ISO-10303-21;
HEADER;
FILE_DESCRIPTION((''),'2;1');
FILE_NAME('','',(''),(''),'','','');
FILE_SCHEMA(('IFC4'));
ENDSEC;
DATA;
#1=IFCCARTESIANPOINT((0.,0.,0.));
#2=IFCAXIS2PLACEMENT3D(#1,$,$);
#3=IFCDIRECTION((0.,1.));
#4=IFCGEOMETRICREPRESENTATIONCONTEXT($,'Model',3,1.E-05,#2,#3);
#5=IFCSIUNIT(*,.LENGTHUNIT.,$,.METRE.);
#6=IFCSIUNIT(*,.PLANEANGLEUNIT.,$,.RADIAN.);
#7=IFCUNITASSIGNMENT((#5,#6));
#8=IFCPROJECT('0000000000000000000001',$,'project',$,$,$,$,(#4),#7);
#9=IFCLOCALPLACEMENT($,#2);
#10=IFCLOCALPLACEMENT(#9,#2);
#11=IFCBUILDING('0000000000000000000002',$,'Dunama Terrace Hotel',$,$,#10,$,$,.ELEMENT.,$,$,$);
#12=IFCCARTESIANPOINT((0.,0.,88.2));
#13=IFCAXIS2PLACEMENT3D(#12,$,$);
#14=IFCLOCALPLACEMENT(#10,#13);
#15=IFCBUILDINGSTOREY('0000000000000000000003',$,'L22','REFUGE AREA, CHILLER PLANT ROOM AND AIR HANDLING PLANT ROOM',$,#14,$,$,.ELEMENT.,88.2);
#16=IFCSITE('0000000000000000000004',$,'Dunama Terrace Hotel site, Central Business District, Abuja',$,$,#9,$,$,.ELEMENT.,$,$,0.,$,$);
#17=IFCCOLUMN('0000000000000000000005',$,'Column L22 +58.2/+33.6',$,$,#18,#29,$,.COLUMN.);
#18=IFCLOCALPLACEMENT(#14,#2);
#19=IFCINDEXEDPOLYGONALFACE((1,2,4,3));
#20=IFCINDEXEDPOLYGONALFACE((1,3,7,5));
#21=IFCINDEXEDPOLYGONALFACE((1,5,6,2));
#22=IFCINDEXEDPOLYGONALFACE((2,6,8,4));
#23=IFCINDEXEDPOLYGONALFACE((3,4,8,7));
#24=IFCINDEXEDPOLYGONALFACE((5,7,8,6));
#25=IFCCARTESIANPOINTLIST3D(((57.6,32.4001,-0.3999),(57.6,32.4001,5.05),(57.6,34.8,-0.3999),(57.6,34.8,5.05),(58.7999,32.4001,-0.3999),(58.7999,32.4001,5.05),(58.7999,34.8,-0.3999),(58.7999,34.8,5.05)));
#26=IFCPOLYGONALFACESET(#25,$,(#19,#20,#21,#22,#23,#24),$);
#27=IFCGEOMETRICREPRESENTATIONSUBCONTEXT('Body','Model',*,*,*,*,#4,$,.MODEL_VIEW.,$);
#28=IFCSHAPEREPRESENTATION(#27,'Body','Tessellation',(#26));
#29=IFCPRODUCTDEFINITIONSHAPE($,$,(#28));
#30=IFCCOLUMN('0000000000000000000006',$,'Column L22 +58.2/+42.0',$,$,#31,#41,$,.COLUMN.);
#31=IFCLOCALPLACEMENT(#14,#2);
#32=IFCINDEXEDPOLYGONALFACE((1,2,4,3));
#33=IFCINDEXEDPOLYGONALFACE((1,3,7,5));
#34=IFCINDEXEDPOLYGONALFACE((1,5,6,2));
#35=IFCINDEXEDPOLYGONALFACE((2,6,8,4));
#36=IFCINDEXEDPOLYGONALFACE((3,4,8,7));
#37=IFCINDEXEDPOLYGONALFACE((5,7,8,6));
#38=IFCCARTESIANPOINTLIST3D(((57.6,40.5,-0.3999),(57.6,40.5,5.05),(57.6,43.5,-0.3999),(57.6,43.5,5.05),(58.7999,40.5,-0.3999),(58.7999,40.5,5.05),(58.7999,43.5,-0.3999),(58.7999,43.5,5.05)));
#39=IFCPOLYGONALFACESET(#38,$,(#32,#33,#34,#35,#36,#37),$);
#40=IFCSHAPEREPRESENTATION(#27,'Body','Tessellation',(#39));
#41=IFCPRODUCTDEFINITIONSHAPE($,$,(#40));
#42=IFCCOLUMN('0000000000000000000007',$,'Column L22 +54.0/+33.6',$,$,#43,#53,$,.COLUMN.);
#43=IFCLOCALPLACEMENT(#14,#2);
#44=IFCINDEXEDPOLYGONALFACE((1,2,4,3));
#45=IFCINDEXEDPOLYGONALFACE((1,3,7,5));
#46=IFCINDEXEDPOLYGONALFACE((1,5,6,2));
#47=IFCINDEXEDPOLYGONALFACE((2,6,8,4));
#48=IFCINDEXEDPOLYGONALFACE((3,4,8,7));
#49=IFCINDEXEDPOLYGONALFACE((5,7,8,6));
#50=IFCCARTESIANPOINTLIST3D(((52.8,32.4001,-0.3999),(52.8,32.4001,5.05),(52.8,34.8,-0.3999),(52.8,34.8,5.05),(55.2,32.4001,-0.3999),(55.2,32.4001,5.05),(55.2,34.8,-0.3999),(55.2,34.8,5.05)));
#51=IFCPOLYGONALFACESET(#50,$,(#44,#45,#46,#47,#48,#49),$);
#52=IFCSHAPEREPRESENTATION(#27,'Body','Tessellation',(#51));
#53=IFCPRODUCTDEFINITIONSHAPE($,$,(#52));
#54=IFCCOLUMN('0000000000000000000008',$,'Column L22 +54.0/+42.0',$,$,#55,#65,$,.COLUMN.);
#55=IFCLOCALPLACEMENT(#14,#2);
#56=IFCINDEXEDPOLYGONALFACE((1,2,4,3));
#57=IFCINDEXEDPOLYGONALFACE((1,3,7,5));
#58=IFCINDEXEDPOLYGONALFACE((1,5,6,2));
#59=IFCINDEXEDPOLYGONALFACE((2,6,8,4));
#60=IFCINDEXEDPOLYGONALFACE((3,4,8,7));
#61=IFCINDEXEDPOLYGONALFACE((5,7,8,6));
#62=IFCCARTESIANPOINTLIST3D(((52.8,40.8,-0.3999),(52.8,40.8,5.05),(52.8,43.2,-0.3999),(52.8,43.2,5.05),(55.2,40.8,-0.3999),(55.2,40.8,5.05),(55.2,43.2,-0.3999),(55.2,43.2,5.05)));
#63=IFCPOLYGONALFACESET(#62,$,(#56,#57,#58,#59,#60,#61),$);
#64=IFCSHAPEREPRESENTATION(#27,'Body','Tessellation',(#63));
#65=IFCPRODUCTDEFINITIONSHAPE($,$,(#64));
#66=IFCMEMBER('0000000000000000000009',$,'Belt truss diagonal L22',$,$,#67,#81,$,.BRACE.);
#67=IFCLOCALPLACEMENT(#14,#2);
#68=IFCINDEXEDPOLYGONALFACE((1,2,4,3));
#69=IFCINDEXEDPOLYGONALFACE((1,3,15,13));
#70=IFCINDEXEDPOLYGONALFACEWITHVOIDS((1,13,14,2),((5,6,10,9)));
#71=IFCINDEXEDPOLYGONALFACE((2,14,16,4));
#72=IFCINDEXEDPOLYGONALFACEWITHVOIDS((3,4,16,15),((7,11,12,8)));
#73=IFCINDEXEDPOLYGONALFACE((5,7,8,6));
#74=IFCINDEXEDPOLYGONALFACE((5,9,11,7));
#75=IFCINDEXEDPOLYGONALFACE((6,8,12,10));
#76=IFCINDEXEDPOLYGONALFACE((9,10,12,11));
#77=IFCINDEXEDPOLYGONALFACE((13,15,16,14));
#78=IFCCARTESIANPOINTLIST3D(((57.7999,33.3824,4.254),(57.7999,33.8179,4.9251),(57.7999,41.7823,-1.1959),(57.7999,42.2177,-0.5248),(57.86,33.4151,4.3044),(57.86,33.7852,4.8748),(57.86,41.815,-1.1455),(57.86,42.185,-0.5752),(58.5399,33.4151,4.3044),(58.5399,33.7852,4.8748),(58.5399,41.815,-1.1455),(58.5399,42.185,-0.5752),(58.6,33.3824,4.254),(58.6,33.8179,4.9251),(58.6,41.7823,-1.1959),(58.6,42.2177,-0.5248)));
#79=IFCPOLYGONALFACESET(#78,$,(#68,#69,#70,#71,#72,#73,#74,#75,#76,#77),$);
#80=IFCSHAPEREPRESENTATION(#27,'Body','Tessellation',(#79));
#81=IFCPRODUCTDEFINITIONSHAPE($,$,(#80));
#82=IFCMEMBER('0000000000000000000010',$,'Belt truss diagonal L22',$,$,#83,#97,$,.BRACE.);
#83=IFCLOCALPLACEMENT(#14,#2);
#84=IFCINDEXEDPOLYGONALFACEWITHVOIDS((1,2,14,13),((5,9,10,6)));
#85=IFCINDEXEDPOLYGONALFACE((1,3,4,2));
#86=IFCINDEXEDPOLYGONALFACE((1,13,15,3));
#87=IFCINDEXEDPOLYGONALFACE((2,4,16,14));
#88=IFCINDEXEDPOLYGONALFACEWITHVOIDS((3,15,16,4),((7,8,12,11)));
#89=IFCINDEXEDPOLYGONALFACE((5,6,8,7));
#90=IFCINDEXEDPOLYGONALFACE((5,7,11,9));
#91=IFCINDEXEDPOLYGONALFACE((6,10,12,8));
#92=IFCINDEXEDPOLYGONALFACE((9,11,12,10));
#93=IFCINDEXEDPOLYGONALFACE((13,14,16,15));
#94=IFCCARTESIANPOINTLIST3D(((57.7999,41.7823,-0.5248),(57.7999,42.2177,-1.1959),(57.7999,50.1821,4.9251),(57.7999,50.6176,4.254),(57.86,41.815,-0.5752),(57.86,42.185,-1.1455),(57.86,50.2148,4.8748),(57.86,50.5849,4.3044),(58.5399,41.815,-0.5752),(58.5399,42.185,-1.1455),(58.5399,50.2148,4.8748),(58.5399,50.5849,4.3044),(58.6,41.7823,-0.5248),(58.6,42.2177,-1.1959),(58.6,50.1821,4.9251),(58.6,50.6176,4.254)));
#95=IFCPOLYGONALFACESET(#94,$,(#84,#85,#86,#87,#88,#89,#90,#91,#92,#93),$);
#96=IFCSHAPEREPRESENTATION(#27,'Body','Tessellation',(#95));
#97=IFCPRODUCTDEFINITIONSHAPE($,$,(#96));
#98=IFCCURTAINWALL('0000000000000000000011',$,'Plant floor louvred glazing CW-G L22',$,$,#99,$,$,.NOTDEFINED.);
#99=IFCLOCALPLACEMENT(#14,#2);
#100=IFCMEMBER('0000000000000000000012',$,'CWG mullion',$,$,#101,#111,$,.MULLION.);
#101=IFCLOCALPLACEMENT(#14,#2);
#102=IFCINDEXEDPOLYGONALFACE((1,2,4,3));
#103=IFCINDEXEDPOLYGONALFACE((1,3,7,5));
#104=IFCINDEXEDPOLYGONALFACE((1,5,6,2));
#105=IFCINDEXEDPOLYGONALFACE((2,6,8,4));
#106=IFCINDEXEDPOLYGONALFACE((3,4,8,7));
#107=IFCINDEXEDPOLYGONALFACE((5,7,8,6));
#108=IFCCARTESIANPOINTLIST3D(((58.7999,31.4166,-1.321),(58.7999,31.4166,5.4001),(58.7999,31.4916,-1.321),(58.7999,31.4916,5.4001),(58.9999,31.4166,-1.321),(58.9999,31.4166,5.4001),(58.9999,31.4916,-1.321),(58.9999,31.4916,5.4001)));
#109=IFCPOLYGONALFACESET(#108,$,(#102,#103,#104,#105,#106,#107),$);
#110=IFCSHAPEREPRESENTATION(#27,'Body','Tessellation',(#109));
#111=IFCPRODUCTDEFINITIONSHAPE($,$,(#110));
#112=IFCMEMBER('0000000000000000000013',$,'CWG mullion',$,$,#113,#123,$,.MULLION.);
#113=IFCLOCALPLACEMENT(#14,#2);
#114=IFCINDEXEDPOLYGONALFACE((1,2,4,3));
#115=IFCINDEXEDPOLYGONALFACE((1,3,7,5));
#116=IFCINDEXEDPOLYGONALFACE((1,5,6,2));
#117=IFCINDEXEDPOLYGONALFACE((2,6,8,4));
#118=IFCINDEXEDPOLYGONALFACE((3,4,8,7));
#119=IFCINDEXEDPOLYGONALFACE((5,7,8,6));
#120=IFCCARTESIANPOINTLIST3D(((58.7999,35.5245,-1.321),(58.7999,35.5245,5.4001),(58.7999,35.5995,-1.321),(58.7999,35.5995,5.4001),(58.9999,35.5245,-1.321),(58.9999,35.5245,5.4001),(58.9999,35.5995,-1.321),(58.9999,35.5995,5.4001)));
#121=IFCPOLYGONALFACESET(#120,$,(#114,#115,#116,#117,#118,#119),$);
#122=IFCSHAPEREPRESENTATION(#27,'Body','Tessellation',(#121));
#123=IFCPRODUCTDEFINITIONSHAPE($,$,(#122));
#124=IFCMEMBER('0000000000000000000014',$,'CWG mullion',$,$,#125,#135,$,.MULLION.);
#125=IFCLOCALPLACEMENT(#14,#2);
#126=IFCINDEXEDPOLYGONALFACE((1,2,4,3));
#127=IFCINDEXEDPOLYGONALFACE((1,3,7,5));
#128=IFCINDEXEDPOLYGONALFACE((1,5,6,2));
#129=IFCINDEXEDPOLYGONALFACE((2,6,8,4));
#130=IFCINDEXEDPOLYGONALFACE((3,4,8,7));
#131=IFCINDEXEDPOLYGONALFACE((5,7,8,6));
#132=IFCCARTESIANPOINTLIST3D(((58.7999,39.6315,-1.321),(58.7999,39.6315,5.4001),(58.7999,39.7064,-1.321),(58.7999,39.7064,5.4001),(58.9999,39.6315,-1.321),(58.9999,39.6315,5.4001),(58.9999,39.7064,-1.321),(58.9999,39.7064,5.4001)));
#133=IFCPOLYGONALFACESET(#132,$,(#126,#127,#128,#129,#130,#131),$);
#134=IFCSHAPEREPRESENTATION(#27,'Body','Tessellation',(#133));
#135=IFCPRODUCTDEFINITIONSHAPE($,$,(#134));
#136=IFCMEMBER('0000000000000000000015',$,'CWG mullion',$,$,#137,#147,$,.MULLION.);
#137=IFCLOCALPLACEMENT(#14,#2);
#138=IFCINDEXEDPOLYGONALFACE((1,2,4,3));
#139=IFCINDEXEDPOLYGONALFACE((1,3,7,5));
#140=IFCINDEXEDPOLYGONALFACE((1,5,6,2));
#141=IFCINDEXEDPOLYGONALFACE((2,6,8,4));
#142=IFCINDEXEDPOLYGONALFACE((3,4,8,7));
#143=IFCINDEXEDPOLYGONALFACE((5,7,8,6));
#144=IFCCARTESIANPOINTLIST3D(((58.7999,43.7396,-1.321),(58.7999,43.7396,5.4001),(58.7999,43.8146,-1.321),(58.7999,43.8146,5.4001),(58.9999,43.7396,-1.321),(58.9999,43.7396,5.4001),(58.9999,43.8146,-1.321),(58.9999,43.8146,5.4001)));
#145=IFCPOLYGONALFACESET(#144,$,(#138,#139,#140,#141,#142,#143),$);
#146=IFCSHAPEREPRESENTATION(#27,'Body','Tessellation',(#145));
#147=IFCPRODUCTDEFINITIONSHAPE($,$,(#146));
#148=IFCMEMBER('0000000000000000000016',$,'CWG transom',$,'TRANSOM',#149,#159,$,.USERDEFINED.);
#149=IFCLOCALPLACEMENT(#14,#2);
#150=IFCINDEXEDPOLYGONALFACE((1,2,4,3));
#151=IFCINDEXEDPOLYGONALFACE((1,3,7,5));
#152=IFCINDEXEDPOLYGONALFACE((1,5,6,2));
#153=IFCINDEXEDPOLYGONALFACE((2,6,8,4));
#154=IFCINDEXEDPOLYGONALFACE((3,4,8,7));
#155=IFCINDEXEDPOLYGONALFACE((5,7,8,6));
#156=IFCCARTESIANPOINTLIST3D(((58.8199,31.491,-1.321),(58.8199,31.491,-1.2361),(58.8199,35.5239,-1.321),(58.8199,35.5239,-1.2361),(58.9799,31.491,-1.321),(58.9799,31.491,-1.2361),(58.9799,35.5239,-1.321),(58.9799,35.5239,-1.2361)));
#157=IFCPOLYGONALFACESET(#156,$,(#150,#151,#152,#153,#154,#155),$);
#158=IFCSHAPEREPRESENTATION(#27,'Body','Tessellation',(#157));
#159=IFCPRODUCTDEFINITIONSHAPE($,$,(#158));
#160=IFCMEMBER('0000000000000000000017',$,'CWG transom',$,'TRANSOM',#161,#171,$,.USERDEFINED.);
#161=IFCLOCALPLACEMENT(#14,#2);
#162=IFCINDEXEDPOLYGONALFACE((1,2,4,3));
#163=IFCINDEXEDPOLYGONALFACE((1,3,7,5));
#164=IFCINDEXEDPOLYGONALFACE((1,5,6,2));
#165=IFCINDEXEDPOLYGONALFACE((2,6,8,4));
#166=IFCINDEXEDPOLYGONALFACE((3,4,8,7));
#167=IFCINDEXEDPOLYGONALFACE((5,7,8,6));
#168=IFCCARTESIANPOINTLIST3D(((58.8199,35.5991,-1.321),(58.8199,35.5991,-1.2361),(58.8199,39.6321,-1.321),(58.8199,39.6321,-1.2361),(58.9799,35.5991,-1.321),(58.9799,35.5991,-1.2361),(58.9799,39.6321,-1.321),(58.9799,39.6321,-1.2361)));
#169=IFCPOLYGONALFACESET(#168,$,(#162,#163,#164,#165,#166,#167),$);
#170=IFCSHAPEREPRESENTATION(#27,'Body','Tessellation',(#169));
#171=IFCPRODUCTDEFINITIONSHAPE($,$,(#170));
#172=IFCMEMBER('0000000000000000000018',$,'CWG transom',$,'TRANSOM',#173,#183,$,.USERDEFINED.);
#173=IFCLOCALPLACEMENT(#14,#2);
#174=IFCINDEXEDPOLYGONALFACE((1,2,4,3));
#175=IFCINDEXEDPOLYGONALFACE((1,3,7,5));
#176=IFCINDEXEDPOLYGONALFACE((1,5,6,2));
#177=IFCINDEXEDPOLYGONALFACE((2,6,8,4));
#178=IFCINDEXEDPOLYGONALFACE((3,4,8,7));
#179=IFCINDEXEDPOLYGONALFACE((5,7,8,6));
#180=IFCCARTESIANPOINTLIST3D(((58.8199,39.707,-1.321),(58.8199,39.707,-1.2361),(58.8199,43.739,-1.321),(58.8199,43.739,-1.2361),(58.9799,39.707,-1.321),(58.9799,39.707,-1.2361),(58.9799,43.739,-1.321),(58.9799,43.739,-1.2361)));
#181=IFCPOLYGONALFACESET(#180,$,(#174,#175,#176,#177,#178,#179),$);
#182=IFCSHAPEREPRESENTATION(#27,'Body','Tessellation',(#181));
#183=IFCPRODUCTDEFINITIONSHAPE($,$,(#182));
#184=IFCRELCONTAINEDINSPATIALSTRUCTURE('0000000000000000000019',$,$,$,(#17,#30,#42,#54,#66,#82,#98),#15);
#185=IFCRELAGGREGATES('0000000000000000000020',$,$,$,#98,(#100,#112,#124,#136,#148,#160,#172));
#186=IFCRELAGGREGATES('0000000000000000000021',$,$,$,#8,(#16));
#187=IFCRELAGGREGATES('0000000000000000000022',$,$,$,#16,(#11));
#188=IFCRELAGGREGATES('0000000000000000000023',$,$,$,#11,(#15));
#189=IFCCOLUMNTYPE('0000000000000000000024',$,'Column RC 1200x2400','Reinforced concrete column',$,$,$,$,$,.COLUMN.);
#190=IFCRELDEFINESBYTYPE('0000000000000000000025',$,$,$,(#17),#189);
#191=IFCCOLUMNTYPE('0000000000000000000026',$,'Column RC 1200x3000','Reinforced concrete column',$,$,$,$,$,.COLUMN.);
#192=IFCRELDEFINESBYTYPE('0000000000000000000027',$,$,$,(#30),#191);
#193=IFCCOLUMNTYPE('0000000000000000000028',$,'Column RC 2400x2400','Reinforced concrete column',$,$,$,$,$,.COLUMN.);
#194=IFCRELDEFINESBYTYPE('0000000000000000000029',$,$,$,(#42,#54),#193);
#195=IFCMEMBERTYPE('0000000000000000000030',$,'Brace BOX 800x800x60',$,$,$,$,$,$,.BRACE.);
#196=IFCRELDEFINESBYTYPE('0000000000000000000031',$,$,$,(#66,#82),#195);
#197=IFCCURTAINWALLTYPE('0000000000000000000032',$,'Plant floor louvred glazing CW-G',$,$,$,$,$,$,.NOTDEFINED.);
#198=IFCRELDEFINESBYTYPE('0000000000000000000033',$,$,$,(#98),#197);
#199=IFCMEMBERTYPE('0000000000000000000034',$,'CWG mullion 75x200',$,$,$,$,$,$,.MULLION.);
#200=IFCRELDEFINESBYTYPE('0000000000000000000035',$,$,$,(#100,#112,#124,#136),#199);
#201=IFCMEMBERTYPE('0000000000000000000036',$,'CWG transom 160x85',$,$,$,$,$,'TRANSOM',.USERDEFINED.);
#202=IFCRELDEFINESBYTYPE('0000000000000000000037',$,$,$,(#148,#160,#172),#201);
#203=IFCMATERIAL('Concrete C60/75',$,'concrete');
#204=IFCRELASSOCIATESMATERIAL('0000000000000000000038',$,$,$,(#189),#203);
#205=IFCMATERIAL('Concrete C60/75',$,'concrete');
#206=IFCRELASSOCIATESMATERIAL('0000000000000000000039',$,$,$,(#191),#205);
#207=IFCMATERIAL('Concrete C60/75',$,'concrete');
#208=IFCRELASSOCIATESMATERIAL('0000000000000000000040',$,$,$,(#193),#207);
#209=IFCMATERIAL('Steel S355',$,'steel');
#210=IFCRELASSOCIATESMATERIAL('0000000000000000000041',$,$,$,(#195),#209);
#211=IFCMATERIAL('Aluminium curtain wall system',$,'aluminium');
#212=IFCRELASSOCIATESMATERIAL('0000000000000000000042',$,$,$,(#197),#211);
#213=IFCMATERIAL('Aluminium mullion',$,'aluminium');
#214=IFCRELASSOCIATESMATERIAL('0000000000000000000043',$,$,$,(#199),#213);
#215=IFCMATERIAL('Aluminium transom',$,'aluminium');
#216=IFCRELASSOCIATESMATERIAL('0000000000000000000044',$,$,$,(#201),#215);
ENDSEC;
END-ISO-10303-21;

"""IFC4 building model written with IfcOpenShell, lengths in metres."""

from ifc_helpers import new_model, si_unit, direction, frame, origin, origin_2d, place, context, subcontext, project, spatial, rectangle, hollow_rectangle, extrude, material, material_profile, profile_set, type_object, element, aggregate, save


model = new_model("IFC4")

# Units and contexts
model_context = context("Model", 3, precision=1e-05, world=origin(), true_north=direction((0.0, 1.0)))
body_context = subcontext(model_context, "Body", "Model", "MODEL_VIEW")
ifc_project = project(units=[si_unit("LENGTHUNIT", "METRE"), si_unit("PLANEANGLEUNIT", "RADIAN")], contexts=[model_context])

# Site, building, storey
site_placement = place(None, origin())
site = spatial("IfcSite", under=ifc_project, at=site_placement, Name="Dunama Terrace Hotel site, Central Business District, Abuja", CompositionType="ELEMENT", RefElevation=0.0)
building_placement = place(site_placement, origin())
building = spatial("IfcBuilding", under=site, at=building_placement, Name="Dunama Terrace Hotel", CompositionType="ELEMENT")
storey_placement = place(building_placement, frame((0.0, 0.0, 88.2)))
storey = spatial("IfcBuildingStorey", under=building, at=storey_placement, Name="L22", Description="REFUGE AREA, CHILLER PLANT ROOM AND AIR HANDLING PLANT ROOM", CompositionType="ELEMENT", Elevation=88.2)

# Columns
ifc_material_1 = material(Name="Concrete C60/75", Category="concrete")
ifc_material_profile_1 = material_profile(ifc_material_1, rectangle(XDim=1.2, YDim=2.3999, at=origin_2d()), Name="RC 1200x2400")
ifc_profile_set_1 = profile_set([ifc_material_profile_1], Name="Concrete C60/75")
column_type_1 = type_object("IfcColumnType", Name="Column RC 1200x2400", Description="Reinforced concrete column", PredefinedType="COLUMN", material=ifc_profile_set_1)
column_1_placement = place(storey_placement, frame((58.2, 33.6001, -0.3999), z_axis=(0.0, 0.0, 1.0), x_axis=(1.0, 0.0, 0.0)))
element("IfcColumn", 1, at=column_1_placement, inside=storey, type_object=column_type_1, Name="Column L22 +58.2/+33.6", PredefinedType="COLUMN", context=body_context, shape_type="SweptSolid", body=[
    extrude(rectangle(XDim=1.2, YDim=2.3999, at=origin_2d()), origin(), (0.0, 0.0, 1.0), 5.45),
])
ifc_material_2 = material(Name="Concrete C60/75", Category="concrete")
ifc_material_profile_2 = material_profile(ifc_material_2, rectangle(XDim=1.2, YDim=3.0, at=origin_2d()), Name="RC 1200x3000")
ifc_profile_set_2 = profile_set([ifc_material_profile_2], Name="Concrete C60/75")
column_type_2 = type_object("IfcColumnType", Name="Column RC 1200x3000", Description="Reinforced concrete column", PredefinedType="COLUMN", material=ifc_profile_set_2)
column_2_placement = place(storey_placement, frame((58.2, 42.0, -0.3999), z_axis=(0.0, 0.0, 1.0), x_axis=(1.0, 0.0, 0.0)))
element("IfcColumn", 2, at=column_2_placement, inside=storey, type_object=column_type_2, Name="Column L22 +58.2/+42.0", PredefinedType="COLUMN", context=body_context, shape_type="SweptSolid", body=[
    extrude(rectangle(XDim=1.2, YDim=3.0, at=origin_2d()), origin(), (0.0, 0.0, 1.0), 5.45),
])
ifc_material_3 = material(Name="Concrete C60/75", Category="concrete")
ifc_material_profile_3 = material_profile(ifc_material_3, rectangle(XDim=2.3999, YDim=2.3999, at=origin_2d()), Name="RC 2400x2400")
ifc_profile_set_3 = profile_set([ifc_material_profile_3], Name="Concrete C60/75")
column_type_3 = type_object("IfcColumnType", Name="Column RC 2400x2400", Description="Reinforced concrete column", PredefinedType="COLUMN", material=ifc_profile_set_3)
for number, where, z_axis, x_axis, name in (
    (3, (54.0, 33.6001, -0.3999), (0.0, 0.0, 1.0), (1.0, 0.0, 0.0), "Column L22 +54.0/+33.6"),
    (4, (54.0, 42.0, -0.3999), (0.0, 0.0, 1.0), (1.0, 0.0, 0.0), "Column L22 +54.0/+42.0"),
):
    element("IfcColumn", number, at=place(storey_placement, frame(where, z_axis=z_axis, x_axis=x_axis)), inside=storey, type_object=column_type_3, Name=name, PredefinedType="COLUMN", context=body_context, shape_type="SweptSolid", body=[
        extrude(rectangle(XDim=2.3999, YDim=2.3999, at=origin_2d()), origin(), (0.0, 0.0, 1.0), 5.45),
    ])

# Members
ifc_material_4 = material(Name="Steel S355", Category="steel")
ifc_material_profile_4 = material_profile(ifc_material_4, hollow_rectangle(XDim=0.8, YDim=0.8, WallThickness=0.0601, at=origin_2d()), Name="BOX 800x800x60")
ifc_profile_set_4 = profile_set([ifc_material_profile_4], Name="Steel S355")
member_type_1 = type_object("IfcMemberType", Name="Brace BOX 800x800x60", PredefinedType="BRACE", material=ifc_profile_set_4)
for number, where, z_axis, x_axis, name in (
    (5, (58.2, 42.0, -0.8604), (0.0, -0.838899, 0.544287), (1.0, 0.0, 0.0), "Belt truss diagonal L22"),
    (6, (58.2, 42.0, -0.8604), (0.0, 0.838899, 0.544287), (-1.0, 0.0, 0.0), "Belt truss diagonal L22"),
):
    element("IfcMember", number, at=place(storey_placement, frame(where, z_axis=z_axis, x_axis=x_axis)), inside=storey, type_object=member_type_1, Name=name, PredefinedType="BRACE", context=body_context, shape_type="SweptSolid", body=[
        extrude(hollow_rectangle(XDim=0.8, YDim=0.8, WallThickness=0.0601, at=origin_2d()), origin(), (0.0, 0.0, 1.0), 10.0129),
    ])

# Curtain wall, members
ifc_material_5 = material(Name="Aluminium curtain wall system", Category="aluminium")
curtain_wall_type = type_object("IfcCurtainWallType", Name="Plant floor louvred glazing CW-G", PredefinedType="NOTDEFINED", material=ifc_material_5)
curtain_wall_placement = place(storey_placement, origin())
curtain_wall = element("IfcCurtainWall", 7, at=curtain_wall_placement, inside=storey, type_object=curtain_wall_type, Name="Plant floor louvred glazing CW-G L22", PredefinedType="NOTDEFINED")
ifc_material_6 = material(Name="Aluminium mullion", Category="aluminium")
ifc_material_profile_5 = material_profile(ifc_material_6, rectangle(XDim=0.075, YDim=0.2, at=origin_2d()), Name="CWG MULLION 75X200")
ifc_profile_set_5 = profile_set([ifc_material_profile_5], Name="Aluminium mullion")
member_type_2 = type_object("IfcMemberType", Name="CWG mullion 75x200", PredefinedType="MULLION", material=ifc_profile_set_5)
member_1_placement = place(storey_placement, frame((58.8999, 31.4541, -1.321), z_axis=(0.0, 0.0, 1.0), x_axis=(0.0, 1.0, 0.0)))
member_1 = element("IfcMember", 8, at=member_1_placement, type_object=member_type_2, Name="CWG mullion", PredefinedType="MULLION", context=body_context, shape_type="SweptSolid", body=[
    extrude(rectangle(XDim=0.075, YDim=0.2, at=origin_2d()), origin(), (0.0, 0.0, 1.0), 6.7212),
])
member_2_placement = place(storey_placement, frame((58.8999, 35.562, -1.321), z_axis=(0.0, 0.0, 1.0), x_axis=(0.0, 1.0, 0.0)))
member_2 = element("IfcMember", 9, at=member_2_placement, type_object=member_type_2, Name="CWG mullion", PredefinedType="MULLION", context=body_context, shape_type="SweptSolid", body=[
    extrude(rectangle(XDim=0.075, YDim=0.2, at=origin_2d()), origin(), (0.0, 0.0, 1.0), 6.7212),
])
member_3_placement = place(storey_placement, frame((58.8999, 39.6689, -1.321), z_axis=(0.0, 0.0, 1.0), x_axis=(0.0, 1.0, 0.0)))
member_3 = element("IfcMember", 10, at=member_3_placement, type_object=member_type_2, Name="CWG mullion", PredefinedType="MULLION", context=body_context, shape_type="SweptSolid", body=[
    extrude(rectangle(XDim=0.075, YDim=0.2, at=origin_2d()), origin(), (0.0, 0.0, 1.0), 6.7212),
])
member_4_placement = place(storey_placement, frame((58.8999, 43.7771, -1.321), z_axis=(0.0, 0.0, 1.0), x_axis=(0.0, 1.0, 0.0)))
member_4 = element("IfcMember", 11, at=member_4_placement, type_object=member_type_2, Name="CWG mullion", PredefinedType="MULLION", context=body_context, shape_type="SweptSolid", body=[
    extrude(rectangle(XDim=0.075, YDim=0.2, at=origin_2d()), origin(), (0.0, 0.0, 1.0), 6.7212),
])
ifc_material_7 = material(Name="Aluminium transom", Category="aluminium")
ifc_material_profile_6 = material_profile(ifc_material_7, rectangle(XDim=0.1599, YDim=0.085, at=origin_2d()), Name="CWG TRANSOM 160X85")
ifc_profile_set_6 = profile_set([ifc_material_profile_6], Name="Aluminium transom")
member_type_3 = type_object("IfcMemberType", Name="CWG transom 160x85", ElementType="TRANSOM", PredefinedType="USERDEFINED", material=ifc_profile_set_6)
member_5_placement = place(storey_placement, frame((58.8999, 31.491, -1.2786), z_axis=(0.0, 1.0, 0.0), x_axis=(-1.0, 0.0, 0.0)))
member_5 = element("IfcMember", 12, at=member_5_placement, type_object=member_type_3, Name="CWG transom", ObjectType="TRANSOM", PredefinedType="USERDEFINED", context=body_context, shape_type="SweptSolid", body=[
    extrude(rectangle(XDim=0.1599, YDim=0.085, at=origin_2d()), origin(), (0.0, 0.0, 1.0), 4.033),
])
member_6_placement = place(storey_placement, frame((58.8999, 35.5991, -1.2786), z_axis=(0.0, 1.0, 0.0), x_axis=(-1.0, 0.0, 0.0)))
member_6 = element("IfcMember", 13, at=member_6_placement, type_object=member_type_3, Name="CWG transom", ObjectType="TRANSOM", PredefinedType="USERDEFINED", context=body_context, shape_type="SweptSolid", body=[
    extrude(rectangle(XDim=0.1599, YDim=0.085, at=origin_2d()), origin(), (0.0, 0.0, 1.0), 4.033),
])
member_7_placement = place(storey_placement, frame((58.8999, 39.707, -1.2786), z_axis=(0.0, 1.0, 0.0), x_axis=(-1.0, 0.0, 0.0)))
member_7 = element("IfcMember", 14, at=member_7_placement, type_object=member_type_3, Name="CWG transom", ObjectType="TRANSOM", PredefinedType="USERDEFINED", context=body_context, shape_type="SweptSolid", body=[
    extrude(rectangle(XDim=0.1599, YDim=0.085, at=origin_2d()), origin(), (0.0, 0.0, 1.0), 4.032),
])

aggregate(curtain_wall, [member_1, member_2, member_3, member_4, member_5, member_6, member_7])

save(model, "model.ifc")
